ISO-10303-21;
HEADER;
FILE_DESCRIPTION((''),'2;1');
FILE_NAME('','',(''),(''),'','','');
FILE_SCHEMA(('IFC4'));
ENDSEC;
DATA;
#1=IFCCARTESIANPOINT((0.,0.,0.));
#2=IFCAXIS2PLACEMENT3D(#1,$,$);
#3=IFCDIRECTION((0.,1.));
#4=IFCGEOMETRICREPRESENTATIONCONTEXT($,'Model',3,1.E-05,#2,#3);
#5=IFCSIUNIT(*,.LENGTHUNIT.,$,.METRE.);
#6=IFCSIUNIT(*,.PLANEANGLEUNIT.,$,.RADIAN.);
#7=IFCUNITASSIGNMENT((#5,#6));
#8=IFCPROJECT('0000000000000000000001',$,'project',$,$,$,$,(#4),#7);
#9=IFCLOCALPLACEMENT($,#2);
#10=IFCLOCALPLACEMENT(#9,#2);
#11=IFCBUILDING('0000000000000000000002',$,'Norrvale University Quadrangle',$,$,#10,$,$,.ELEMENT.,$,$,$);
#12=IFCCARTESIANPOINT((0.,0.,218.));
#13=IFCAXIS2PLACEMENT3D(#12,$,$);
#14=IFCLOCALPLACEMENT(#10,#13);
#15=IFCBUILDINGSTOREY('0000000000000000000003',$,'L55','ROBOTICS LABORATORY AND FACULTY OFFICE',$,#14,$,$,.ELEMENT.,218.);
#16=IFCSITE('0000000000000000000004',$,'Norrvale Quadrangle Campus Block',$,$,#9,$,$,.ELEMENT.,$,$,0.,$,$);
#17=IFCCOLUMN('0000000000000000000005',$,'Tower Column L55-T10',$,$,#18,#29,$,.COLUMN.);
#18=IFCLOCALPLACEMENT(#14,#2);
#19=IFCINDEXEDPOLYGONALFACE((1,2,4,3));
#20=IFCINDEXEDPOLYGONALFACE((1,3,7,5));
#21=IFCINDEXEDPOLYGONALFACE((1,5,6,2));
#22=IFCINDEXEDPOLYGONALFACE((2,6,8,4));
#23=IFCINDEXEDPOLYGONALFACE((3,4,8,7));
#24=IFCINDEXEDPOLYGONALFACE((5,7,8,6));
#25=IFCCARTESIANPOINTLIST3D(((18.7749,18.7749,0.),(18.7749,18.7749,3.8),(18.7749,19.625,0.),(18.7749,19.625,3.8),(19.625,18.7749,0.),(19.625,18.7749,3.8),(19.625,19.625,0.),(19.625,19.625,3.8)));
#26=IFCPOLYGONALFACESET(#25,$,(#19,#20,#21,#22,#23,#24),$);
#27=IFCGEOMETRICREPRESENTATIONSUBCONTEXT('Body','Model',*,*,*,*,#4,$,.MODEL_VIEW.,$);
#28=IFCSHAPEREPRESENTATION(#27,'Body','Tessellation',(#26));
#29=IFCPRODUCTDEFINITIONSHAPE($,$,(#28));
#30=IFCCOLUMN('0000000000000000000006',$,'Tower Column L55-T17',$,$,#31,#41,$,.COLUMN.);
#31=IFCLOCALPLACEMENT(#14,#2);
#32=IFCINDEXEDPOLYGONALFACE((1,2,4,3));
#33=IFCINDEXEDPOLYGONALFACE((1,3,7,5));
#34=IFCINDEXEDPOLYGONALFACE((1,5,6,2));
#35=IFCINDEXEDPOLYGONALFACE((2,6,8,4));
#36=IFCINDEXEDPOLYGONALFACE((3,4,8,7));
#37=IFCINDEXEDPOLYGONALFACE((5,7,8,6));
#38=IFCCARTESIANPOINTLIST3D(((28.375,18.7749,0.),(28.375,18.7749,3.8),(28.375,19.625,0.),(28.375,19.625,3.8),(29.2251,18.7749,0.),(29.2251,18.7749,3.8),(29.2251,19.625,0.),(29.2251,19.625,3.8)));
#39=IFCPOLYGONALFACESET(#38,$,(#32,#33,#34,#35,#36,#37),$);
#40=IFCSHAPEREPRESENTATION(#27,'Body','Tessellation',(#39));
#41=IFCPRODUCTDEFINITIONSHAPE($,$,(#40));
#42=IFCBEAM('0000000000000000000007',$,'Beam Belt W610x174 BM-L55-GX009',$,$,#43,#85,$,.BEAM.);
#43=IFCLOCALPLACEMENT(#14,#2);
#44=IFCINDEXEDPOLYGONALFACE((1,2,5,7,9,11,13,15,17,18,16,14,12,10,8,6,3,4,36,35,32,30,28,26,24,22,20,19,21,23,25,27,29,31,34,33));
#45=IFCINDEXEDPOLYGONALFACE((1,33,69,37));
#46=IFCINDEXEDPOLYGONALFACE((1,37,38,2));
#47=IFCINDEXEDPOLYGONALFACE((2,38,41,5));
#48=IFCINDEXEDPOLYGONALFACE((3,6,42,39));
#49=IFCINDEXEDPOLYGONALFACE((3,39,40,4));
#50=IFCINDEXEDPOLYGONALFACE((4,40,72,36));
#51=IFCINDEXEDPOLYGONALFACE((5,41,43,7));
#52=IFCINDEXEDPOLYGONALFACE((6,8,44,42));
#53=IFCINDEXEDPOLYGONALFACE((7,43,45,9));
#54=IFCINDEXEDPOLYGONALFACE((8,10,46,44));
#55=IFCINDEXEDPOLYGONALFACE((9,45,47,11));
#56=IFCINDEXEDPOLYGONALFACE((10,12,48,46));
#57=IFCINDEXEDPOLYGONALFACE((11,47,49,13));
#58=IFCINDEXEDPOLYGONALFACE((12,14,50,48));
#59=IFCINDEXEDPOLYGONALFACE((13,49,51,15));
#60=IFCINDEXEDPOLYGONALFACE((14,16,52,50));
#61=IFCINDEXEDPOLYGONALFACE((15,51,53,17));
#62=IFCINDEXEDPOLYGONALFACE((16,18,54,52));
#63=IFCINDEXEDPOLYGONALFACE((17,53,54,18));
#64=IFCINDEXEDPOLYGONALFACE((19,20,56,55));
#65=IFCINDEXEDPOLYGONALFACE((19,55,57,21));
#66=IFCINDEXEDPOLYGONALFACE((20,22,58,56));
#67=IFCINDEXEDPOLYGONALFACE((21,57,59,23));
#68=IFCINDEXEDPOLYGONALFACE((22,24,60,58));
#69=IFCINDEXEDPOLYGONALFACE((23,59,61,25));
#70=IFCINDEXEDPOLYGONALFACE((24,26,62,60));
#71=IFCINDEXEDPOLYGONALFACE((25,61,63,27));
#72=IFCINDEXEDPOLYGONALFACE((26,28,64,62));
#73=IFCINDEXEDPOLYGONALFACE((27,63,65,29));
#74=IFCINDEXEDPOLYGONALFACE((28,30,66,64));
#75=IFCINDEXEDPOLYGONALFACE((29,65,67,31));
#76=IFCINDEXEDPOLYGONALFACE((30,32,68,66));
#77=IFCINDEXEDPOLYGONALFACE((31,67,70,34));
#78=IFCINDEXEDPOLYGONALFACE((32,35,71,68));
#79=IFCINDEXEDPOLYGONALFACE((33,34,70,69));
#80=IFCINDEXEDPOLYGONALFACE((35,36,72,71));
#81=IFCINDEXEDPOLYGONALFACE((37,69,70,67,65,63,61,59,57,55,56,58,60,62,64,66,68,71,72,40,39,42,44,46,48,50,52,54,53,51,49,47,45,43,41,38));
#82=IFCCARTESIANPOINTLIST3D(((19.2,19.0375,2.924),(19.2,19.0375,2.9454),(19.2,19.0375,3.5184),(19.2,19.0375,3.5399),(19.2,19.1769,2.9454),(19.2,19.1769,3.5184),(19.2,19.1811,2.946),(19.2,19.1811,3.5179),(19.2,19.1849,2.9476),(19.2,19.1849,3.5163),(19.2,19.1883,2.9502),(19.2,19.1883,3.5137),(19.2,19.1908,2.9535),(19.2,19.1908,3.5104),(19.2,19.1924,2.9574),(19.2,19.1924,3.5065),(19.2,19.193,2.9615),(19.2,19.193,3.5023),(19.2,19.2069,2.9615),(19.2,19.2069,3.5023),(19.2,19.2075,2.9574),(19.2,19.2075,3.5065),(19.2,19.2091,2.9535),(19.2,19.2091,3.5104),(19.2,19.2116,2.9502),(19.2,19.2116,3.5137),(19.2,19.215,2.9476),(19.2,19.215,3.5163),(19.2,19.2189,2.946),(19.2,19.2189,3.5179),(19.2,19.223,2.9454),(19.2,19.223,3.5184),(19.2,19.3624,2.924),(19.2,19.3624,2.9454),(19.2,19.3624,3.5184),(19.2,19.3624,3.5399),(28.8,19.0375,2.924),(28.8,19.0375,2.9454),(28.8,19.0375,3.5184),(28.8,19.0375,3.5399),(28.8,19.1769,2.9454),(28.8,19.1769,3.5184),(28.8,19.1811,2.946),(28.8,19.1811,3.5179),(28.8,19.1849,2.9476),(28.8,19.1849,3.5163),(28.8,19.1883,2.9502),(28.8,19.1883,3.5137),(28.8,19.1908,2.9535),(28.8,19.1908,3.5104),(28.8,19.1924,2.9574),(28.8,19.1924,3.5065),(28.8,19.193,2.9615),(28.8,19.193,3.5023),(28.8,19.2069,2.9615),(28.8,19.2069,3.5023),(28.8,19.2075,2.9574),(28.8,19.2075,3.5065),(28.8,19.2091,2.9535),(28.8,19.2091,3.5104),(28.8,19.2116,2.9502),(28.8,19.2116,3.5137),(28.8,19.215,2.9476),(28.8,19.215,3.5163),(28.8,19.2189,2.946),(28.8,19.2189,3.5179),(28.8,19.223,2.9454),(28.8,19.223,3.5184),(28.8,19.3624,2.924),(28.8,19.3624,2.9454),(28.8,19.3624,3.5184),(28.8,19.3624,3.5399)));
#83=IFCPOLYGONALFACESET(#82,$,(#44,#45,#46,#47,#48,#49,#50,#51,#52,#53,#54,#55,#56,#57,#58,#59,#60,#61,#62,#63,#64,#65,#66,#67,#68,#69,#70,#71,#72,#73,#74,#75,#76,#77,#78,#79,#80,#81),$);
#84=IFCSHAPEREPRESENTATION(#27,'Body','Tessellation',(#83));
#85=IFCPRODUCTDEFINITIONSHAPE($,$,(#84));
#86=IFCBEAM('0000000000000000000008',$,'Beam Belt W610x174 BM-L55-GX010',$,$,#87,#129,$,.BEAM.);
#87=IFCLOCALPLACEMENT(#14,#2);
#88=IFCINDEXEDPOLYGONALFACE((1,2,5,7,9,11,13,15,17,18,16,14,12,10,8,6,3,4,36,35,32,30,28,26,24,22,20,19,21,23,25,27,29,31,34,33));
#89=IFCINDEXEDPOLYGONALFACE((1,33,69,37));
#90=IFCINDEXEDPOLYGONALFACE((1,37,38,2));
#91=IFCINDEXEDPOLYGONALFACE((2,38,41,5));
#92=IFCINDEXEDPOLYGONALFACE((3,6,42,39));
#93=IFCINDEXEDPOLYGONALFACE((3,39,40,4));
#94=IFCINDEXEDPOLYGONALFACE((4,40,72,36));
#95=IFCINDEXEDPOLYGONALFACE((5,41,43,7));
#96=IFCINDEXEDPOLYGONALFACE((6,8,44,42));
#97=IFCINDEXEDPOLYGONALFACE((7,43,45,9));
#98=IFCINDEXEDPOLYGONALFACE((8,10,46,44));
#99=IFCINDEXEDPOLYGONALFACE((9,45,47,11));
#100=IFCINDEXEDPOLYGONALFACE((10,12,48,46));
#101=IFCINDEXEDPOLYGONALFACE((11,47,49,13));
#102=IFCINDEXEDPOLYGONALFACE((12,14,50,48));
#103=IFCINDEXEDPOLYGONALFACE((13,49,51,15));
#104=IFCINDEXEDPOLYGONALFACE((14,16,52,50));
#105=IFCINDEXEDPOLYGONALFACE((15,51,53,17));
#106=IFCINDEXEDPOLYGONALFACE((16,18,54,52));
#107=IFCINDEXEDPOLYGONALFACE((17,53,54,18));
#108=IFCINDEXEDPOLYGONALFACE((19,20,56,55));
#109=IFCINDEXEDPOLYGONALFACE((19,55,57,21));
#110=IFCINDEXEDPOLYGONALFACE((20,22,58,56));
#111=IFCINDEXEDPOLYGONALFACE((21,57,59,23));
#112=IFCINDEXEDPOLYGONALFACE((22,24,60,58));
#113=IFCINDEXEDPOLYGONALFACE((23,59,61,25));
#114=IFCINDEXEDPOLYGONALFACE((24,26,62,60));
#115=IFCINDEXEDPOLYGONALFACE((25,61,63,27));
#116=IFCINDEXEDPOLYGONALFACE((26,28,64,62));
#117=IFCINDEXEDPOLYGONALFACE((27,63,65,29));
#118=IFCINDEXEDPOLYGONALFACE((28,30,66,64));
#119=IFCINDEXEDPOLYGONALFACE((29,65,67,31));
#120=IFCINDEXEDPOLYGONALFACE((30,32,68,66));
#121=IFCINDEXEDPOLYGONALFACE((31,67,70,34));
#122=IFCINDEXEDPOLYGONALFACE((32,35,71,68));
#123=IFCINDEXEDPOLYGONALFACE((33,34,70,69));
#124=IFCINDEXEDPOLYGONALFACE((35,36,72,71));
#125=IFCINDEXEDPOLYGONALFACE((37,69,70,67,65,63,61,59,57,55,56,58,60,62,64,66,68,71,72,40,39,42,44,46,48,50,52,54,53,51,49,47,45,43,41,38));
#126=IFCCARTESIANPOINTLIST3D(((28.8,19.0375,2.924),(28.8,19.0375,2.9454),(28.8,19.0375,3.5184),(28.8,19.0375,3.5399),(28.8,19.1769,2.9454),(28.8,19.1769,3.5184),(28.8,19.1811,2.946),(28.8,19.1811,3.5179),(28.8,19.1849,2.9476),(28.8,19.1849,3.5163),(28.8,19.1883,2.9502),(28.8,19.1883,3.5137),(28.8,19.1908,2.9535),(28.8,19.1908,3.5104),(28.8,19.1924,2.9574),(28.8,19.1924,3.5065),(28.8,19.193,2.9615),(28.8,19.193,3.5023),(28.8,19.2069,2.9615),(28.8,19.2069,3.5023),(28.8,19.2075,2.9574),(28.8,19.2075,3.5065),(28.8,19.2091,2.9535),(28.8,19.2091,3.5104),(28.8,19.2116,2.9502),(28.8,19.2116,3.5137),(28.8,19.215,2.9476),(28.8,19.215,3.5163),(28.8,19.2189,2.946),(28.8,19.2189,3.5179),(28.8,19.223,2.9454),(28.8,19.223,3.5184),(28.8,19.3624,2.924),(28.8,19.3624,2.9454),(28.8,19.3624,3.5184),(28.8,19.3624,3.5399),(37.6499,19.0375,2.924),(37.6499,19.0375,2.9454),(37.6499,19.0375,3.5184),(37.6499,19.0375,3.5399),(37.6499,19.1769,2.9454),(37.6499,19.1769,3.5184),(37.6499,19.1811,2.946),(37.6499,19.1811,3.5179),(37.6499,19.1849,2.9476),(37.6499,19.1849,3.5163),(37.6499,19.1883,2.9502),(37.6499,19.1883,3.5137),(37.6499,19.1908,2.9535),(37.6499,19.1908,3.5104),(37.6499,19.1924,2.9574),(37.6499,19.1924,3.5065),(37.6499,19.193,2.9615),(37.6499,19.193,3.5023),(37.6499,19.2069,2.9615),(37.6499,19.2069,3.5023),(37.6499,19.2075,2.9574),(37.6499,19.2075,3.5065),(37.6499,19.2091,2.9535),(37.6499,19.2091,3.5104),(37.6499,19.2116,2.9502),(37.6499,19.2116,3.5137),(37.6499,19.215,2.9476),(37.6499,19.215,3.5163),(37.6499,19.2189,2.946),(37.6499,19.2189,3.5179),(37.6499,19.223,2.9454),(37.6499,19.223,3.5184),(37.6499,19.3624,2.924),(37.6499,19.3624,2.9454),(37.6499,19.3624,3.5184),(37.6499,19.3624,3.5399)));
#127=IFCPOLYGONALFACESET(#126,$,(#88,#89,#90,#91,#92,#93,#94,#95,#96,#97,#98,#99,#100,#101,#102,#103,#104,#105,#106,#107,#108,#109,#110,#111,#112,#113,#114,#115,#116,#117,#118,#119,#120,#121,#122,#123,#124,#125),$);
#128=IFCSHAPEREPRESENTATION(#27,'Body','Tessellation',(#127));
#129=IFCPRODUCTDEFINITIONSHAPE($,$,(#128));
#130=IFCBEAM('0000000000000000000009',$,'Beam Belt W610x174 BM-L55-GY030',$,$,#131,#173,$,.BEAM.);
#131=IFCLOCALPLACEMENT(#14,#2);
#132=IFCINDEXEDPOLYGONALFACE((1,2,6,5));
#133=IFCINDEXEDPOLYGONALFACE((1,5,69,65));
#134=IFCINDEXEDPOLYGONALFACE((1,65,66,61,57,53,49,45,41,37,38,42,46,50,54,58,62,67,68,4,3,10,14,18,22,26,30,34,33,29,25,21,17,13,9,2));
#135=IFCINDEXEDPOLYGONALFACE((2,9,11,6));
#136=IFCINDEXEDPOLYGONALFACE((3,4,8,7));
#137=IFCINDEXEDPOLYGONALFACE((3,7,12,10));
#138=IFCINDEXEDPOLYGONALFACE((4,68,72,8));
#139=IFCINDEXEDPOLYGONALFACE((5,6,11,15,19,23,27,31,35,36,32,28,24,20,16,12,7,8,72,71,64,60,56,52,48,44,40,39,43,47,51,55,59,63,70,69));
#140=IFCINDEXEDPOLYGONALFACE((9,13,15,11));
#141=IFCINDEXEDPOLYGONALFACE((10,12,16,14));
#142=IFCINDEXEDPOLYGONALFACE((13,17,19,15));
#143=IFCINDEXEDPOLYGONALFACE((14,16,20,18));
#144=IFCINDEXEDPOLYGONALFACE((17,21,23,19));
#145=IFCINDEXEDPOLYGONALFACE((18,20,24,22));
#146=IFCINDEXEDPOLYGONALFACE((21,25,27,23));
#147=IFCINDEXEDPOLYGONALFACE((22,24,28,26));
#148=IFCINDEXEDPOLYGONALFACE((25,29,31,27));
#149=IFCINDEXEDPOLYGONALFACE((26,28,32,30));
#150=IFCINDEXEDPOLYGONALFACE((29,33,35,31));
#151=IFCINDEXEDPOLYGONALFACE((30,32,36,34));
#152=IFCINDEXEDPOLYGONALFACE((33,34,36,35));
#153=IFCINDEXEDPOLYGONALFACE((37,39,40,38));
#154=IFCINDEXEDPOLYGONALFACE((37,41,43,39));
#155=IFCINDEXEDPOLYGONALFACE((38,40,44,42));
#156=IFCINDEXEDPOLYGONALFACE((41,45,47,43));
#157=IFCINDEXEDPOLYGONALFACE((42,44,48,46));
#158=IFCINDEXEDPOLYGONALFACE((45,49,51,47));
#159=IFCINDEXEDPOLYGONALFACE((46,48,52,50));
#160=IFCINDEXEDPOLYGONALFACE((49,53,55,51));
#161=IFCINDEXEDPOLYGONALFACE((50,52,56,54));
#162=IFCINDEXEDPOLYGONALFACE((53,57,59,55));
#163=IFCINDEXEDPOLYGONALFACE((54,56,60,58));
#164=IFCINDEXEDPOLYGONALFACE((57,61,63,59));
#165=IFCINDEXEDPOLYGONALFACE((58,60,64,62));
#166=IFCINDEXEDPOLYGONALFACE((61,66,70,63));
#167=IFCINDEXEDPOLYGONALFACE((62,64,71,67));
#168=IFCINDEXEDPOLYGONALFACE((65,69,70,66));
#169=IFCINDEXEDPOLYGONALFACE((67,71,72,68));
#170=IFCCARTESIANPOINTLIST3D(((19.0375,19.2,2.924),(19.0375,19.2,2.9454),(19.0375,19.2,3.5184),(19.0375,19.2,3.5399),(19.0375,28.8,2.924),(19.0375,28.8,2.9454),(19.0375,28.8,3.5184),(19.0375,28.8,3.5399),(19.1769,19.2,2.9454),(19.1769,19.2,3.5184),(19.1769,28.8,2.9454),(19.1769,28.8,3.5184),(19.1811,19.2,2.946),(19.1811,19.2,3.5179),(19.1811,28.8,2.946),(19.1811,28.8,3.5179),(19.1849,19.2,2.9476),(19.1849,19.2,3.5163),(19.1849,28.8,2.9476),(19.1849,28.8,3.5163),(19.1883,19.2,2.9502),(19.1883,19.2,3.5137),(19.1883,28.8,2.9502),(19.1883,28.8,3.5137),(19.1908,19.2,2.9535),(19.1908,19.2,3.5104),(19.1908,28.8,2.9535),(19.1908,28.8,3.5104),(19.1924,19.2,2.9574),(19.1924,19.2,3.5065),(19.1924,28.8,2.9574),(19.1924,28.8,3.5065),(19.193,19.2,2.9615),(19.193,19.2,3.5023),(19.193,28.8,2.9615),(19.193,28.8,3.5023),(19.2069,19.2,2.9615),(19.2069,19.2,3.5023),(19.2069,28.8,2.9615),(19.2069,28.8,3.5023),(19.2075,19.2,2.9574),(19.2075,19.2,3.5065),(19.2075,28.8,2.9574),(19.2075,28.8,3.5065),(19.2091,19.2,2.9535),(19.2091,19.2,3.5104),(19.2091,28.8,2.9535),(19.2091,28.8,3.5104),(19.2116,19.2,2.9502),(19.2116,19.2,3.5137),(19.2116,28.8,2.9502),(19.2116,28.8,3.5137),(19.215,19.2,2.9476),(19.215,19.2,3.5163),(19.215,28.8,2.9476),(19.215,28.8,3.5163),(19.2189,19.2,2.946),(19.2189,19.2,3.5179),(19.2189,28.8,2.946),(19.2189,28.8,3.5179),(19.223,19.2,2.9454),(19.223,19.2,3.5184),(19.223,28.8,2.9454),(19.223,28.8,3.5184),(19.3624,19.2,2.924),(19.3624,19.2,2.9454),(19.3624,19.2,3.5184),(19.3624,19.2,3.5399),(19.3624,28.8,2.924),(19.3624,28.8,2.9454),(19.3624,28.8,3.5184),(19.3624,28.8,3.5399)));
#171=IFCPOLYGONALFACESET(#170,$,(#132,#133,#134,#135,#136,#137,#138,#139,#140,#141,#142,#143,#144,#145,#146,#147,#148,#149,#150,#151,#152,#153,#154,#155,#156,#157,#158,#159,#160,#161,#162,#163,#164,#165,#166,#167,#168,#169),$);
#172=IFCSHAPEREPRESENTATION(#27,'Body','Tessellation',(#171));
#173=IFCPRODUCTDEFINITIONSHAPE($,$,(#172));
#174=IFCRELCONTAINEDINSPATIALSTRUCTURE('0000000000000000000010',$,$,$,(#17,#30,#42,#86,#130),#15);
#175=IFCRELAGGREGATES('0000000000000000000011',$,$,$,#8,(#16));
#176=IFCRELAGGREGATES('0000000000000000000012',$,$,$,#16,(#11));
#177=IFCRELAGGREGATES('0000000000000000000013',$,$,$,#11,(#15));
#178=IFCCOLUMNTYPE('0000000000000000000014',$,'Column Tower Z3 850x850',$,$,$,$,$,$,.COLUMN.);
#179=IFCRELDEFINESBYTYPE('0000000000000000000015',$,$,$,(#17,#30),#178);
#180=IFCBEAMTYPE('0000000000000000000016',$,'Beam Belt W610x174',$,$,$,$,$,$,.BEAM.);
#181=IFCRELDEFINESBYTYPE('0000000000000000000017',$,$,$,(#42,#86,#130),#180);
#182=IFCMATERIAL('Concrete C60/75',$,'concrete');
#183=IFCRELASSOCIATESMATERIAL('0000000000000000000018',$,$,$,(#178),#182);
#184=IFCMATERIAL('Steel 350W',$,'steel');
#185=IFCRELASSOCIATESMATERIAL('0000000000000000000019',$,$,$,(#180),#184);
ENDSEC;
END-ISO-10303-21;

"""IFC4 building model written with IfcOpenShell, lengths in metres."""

from ifc_helpers import new_model, si_unit, direction, frame, origin, origin_2d, place, context, subcontext, project, spatial, rectangle, i_section, extrude, material, material_profile, profile_set, type_object, element, save


model = new_model("IFC4")

# Units and contexts
model_context = context("Model", 3, precision=1e-05, world=origin(), true_north=direction((0.0, 1.0)))
body_context = subcontext(model_context, "Body", "Model", "MODEL_VIEW")
ifc_project = project(units=[si_unit("LENGTHUNIT", "METRE"), si_unit("PLANEANGLEUNIT", "RADIAN")], contexts=[model_context])

# Site, building, storey
site_placement = place(None, origin())
site = spatial("IfcSite", under=ifc_project, at=site_placement, Name="Norrvale Quadrangle Campus Block", CompositionType="ELEMENT", RefElevation=0.0)
building_placement = place(site_placement, origin())
building = spatial("IfcBuilding", under=site, at=building_placement, Name="Norrvale University Quadrangle", CompositionType="ELEMENT")
storey_placement = place(building_placement, frame((0.0, 0.0, 218.0)))
storey = spatial("IfcBuildingStorey", under=building, at=storey_placement, Name="L55", Description="ROBOTICS LABORATORY AND FACULTY OFFICE", CompositionType="ELEMENT", Elevation=218.0)

# Columns
ifc_material_1 = material(Name="Concrete C60/75", Category="concrete")
ifc_material_profile_1 = material_profile(ifc_material_1, rectangle(XDim=0.8501, YDim=0.8501, at=origin_2d()), Name="Concrete C60/75")
ifc_profile_set_1 = profile_set([ifc_material_profile_1], Name="Concrete C60/75")
column_type = type_object("IfcColumnType", Name="Column Tower Z3 850x850", PredefinedType="COLUMN", material=ifc_profile_set_1)
for number, where, z_axis, x_axis, name in (
    (1, (19.2, 19.2, 0.0), (0.0, 0.0, 1.0), (1.0, 0.0, 0.0), "Tower Column L55-T10"),
    (2, (28.8, 19.2, 0.0), (0.0, 0.0, 1.0), (1.0, 0.0, 0.0), "Tower Column L55-T17"),
):
    element("IfcColumn", number, at=place(storey_placement, frame(where, z_axis=z_axis, x_axis=x_axis)), inside=storey, type_object=column_type, Name=name, PredefinedType="COLUMN", context=body_context, shape_type="SweptSolid", body=[
        extrude(rectangle(XDim=0.8501, YDim=0.8501, at=origin_2d()), origin(), (0.0, 0.0, 1.0), 3.8),
    ])

# Beams
ifc_material_2 = material(Name="Steel 350W", Category="steel")
ifc_material_profile_2 = material_profile(ifc_material_2, i_section(OverallWidth=0.325, OverallDepth=0.616, WebThickness=0.0139, FlangeThickness=0.0215, FilletRadius=0.0161, at=origin_2d()), Name="Steel 350W")
ifc_profile_set_2 = profile_set([ifc_material_profile_2], Name="Steel 350W")
beam_type_1 = type_object("IfcBeamType", Name="Beam Belt W610x174", PredefinedType="BEAM", material=ifc_profile_set_2)
beam_1_placement = place(storey_placement, frame((19.2, 19.2, 3.2319), z_axis=(1.0, 0.0, 0.0), x_axis=(0.0, 1.0, 0.0)))
element("IfcBeam", 3, at=beam_1_placement, inside=storey, type_object=beam_type_1, Name="Beam Belt W610x174 BM-L55-GX009", PredefinedType="BEAM", context=body_context, shape_type="SweptSolid", body=[
    extrude(i_section(OverallWidth=0.325, OverallDepth=0.616, WebThickness=0.0139, FlangeThickness=0.0215, FilletRadius=0.0161, at=origin_2d()), origin(), (0.0, 0.0, 1.0), 9.6001),
])
beam_2_placement = place(storey_placement, frame((28.8, 19.2, 3.2319), z_axis=(1.0, 0.0, 0.0), x_axis=(0.0, 1.0, 0.0)))
element("IfcBeam", 4, at=beam_2_placement, inside=storey, type_object=beam_type_1, Name="Beam Belt W610x174 BM-L55-GX010", PredefinedType="BEAM", context=body_context, shape_type="SweptSolid", body=[
    extrude(i_section(OverallWidth=0.325, OverallDepth=0.616, WebThickness=0.0139, FlangeThickness=0.0215, FilletRadius=0.0161, at=origin_2d()), origin(), (0.0, 0.0, 1.0), 8.8499),
])
beam_3_placement = place(storey_placement, frame((19.2, 19.2, 3.2319), z_axis=(0.0, 1.0, 0.0), x_axis=(-1.0, 0.0, 0.0)))
element("IfcBeam", 5, at=beam_3_placement, inside=storey, type_object=beam_type_1, Name="Beam Belt W610x174 BM-L55-GY030", PredefinedType="BEAM", context=body_context, shape_type="SweptSolid", body=[
    extrude(i_section(OverallWidth=0.325, OverallDepth=0.616, WebThickness=0.0139, FlangeThickness=0.0215, FilletRadius=0.0161, at=origin_2d()), origin(), (0.0, 0.0, 1.0), 9.6001),
])

save(model, "model.ifc")
